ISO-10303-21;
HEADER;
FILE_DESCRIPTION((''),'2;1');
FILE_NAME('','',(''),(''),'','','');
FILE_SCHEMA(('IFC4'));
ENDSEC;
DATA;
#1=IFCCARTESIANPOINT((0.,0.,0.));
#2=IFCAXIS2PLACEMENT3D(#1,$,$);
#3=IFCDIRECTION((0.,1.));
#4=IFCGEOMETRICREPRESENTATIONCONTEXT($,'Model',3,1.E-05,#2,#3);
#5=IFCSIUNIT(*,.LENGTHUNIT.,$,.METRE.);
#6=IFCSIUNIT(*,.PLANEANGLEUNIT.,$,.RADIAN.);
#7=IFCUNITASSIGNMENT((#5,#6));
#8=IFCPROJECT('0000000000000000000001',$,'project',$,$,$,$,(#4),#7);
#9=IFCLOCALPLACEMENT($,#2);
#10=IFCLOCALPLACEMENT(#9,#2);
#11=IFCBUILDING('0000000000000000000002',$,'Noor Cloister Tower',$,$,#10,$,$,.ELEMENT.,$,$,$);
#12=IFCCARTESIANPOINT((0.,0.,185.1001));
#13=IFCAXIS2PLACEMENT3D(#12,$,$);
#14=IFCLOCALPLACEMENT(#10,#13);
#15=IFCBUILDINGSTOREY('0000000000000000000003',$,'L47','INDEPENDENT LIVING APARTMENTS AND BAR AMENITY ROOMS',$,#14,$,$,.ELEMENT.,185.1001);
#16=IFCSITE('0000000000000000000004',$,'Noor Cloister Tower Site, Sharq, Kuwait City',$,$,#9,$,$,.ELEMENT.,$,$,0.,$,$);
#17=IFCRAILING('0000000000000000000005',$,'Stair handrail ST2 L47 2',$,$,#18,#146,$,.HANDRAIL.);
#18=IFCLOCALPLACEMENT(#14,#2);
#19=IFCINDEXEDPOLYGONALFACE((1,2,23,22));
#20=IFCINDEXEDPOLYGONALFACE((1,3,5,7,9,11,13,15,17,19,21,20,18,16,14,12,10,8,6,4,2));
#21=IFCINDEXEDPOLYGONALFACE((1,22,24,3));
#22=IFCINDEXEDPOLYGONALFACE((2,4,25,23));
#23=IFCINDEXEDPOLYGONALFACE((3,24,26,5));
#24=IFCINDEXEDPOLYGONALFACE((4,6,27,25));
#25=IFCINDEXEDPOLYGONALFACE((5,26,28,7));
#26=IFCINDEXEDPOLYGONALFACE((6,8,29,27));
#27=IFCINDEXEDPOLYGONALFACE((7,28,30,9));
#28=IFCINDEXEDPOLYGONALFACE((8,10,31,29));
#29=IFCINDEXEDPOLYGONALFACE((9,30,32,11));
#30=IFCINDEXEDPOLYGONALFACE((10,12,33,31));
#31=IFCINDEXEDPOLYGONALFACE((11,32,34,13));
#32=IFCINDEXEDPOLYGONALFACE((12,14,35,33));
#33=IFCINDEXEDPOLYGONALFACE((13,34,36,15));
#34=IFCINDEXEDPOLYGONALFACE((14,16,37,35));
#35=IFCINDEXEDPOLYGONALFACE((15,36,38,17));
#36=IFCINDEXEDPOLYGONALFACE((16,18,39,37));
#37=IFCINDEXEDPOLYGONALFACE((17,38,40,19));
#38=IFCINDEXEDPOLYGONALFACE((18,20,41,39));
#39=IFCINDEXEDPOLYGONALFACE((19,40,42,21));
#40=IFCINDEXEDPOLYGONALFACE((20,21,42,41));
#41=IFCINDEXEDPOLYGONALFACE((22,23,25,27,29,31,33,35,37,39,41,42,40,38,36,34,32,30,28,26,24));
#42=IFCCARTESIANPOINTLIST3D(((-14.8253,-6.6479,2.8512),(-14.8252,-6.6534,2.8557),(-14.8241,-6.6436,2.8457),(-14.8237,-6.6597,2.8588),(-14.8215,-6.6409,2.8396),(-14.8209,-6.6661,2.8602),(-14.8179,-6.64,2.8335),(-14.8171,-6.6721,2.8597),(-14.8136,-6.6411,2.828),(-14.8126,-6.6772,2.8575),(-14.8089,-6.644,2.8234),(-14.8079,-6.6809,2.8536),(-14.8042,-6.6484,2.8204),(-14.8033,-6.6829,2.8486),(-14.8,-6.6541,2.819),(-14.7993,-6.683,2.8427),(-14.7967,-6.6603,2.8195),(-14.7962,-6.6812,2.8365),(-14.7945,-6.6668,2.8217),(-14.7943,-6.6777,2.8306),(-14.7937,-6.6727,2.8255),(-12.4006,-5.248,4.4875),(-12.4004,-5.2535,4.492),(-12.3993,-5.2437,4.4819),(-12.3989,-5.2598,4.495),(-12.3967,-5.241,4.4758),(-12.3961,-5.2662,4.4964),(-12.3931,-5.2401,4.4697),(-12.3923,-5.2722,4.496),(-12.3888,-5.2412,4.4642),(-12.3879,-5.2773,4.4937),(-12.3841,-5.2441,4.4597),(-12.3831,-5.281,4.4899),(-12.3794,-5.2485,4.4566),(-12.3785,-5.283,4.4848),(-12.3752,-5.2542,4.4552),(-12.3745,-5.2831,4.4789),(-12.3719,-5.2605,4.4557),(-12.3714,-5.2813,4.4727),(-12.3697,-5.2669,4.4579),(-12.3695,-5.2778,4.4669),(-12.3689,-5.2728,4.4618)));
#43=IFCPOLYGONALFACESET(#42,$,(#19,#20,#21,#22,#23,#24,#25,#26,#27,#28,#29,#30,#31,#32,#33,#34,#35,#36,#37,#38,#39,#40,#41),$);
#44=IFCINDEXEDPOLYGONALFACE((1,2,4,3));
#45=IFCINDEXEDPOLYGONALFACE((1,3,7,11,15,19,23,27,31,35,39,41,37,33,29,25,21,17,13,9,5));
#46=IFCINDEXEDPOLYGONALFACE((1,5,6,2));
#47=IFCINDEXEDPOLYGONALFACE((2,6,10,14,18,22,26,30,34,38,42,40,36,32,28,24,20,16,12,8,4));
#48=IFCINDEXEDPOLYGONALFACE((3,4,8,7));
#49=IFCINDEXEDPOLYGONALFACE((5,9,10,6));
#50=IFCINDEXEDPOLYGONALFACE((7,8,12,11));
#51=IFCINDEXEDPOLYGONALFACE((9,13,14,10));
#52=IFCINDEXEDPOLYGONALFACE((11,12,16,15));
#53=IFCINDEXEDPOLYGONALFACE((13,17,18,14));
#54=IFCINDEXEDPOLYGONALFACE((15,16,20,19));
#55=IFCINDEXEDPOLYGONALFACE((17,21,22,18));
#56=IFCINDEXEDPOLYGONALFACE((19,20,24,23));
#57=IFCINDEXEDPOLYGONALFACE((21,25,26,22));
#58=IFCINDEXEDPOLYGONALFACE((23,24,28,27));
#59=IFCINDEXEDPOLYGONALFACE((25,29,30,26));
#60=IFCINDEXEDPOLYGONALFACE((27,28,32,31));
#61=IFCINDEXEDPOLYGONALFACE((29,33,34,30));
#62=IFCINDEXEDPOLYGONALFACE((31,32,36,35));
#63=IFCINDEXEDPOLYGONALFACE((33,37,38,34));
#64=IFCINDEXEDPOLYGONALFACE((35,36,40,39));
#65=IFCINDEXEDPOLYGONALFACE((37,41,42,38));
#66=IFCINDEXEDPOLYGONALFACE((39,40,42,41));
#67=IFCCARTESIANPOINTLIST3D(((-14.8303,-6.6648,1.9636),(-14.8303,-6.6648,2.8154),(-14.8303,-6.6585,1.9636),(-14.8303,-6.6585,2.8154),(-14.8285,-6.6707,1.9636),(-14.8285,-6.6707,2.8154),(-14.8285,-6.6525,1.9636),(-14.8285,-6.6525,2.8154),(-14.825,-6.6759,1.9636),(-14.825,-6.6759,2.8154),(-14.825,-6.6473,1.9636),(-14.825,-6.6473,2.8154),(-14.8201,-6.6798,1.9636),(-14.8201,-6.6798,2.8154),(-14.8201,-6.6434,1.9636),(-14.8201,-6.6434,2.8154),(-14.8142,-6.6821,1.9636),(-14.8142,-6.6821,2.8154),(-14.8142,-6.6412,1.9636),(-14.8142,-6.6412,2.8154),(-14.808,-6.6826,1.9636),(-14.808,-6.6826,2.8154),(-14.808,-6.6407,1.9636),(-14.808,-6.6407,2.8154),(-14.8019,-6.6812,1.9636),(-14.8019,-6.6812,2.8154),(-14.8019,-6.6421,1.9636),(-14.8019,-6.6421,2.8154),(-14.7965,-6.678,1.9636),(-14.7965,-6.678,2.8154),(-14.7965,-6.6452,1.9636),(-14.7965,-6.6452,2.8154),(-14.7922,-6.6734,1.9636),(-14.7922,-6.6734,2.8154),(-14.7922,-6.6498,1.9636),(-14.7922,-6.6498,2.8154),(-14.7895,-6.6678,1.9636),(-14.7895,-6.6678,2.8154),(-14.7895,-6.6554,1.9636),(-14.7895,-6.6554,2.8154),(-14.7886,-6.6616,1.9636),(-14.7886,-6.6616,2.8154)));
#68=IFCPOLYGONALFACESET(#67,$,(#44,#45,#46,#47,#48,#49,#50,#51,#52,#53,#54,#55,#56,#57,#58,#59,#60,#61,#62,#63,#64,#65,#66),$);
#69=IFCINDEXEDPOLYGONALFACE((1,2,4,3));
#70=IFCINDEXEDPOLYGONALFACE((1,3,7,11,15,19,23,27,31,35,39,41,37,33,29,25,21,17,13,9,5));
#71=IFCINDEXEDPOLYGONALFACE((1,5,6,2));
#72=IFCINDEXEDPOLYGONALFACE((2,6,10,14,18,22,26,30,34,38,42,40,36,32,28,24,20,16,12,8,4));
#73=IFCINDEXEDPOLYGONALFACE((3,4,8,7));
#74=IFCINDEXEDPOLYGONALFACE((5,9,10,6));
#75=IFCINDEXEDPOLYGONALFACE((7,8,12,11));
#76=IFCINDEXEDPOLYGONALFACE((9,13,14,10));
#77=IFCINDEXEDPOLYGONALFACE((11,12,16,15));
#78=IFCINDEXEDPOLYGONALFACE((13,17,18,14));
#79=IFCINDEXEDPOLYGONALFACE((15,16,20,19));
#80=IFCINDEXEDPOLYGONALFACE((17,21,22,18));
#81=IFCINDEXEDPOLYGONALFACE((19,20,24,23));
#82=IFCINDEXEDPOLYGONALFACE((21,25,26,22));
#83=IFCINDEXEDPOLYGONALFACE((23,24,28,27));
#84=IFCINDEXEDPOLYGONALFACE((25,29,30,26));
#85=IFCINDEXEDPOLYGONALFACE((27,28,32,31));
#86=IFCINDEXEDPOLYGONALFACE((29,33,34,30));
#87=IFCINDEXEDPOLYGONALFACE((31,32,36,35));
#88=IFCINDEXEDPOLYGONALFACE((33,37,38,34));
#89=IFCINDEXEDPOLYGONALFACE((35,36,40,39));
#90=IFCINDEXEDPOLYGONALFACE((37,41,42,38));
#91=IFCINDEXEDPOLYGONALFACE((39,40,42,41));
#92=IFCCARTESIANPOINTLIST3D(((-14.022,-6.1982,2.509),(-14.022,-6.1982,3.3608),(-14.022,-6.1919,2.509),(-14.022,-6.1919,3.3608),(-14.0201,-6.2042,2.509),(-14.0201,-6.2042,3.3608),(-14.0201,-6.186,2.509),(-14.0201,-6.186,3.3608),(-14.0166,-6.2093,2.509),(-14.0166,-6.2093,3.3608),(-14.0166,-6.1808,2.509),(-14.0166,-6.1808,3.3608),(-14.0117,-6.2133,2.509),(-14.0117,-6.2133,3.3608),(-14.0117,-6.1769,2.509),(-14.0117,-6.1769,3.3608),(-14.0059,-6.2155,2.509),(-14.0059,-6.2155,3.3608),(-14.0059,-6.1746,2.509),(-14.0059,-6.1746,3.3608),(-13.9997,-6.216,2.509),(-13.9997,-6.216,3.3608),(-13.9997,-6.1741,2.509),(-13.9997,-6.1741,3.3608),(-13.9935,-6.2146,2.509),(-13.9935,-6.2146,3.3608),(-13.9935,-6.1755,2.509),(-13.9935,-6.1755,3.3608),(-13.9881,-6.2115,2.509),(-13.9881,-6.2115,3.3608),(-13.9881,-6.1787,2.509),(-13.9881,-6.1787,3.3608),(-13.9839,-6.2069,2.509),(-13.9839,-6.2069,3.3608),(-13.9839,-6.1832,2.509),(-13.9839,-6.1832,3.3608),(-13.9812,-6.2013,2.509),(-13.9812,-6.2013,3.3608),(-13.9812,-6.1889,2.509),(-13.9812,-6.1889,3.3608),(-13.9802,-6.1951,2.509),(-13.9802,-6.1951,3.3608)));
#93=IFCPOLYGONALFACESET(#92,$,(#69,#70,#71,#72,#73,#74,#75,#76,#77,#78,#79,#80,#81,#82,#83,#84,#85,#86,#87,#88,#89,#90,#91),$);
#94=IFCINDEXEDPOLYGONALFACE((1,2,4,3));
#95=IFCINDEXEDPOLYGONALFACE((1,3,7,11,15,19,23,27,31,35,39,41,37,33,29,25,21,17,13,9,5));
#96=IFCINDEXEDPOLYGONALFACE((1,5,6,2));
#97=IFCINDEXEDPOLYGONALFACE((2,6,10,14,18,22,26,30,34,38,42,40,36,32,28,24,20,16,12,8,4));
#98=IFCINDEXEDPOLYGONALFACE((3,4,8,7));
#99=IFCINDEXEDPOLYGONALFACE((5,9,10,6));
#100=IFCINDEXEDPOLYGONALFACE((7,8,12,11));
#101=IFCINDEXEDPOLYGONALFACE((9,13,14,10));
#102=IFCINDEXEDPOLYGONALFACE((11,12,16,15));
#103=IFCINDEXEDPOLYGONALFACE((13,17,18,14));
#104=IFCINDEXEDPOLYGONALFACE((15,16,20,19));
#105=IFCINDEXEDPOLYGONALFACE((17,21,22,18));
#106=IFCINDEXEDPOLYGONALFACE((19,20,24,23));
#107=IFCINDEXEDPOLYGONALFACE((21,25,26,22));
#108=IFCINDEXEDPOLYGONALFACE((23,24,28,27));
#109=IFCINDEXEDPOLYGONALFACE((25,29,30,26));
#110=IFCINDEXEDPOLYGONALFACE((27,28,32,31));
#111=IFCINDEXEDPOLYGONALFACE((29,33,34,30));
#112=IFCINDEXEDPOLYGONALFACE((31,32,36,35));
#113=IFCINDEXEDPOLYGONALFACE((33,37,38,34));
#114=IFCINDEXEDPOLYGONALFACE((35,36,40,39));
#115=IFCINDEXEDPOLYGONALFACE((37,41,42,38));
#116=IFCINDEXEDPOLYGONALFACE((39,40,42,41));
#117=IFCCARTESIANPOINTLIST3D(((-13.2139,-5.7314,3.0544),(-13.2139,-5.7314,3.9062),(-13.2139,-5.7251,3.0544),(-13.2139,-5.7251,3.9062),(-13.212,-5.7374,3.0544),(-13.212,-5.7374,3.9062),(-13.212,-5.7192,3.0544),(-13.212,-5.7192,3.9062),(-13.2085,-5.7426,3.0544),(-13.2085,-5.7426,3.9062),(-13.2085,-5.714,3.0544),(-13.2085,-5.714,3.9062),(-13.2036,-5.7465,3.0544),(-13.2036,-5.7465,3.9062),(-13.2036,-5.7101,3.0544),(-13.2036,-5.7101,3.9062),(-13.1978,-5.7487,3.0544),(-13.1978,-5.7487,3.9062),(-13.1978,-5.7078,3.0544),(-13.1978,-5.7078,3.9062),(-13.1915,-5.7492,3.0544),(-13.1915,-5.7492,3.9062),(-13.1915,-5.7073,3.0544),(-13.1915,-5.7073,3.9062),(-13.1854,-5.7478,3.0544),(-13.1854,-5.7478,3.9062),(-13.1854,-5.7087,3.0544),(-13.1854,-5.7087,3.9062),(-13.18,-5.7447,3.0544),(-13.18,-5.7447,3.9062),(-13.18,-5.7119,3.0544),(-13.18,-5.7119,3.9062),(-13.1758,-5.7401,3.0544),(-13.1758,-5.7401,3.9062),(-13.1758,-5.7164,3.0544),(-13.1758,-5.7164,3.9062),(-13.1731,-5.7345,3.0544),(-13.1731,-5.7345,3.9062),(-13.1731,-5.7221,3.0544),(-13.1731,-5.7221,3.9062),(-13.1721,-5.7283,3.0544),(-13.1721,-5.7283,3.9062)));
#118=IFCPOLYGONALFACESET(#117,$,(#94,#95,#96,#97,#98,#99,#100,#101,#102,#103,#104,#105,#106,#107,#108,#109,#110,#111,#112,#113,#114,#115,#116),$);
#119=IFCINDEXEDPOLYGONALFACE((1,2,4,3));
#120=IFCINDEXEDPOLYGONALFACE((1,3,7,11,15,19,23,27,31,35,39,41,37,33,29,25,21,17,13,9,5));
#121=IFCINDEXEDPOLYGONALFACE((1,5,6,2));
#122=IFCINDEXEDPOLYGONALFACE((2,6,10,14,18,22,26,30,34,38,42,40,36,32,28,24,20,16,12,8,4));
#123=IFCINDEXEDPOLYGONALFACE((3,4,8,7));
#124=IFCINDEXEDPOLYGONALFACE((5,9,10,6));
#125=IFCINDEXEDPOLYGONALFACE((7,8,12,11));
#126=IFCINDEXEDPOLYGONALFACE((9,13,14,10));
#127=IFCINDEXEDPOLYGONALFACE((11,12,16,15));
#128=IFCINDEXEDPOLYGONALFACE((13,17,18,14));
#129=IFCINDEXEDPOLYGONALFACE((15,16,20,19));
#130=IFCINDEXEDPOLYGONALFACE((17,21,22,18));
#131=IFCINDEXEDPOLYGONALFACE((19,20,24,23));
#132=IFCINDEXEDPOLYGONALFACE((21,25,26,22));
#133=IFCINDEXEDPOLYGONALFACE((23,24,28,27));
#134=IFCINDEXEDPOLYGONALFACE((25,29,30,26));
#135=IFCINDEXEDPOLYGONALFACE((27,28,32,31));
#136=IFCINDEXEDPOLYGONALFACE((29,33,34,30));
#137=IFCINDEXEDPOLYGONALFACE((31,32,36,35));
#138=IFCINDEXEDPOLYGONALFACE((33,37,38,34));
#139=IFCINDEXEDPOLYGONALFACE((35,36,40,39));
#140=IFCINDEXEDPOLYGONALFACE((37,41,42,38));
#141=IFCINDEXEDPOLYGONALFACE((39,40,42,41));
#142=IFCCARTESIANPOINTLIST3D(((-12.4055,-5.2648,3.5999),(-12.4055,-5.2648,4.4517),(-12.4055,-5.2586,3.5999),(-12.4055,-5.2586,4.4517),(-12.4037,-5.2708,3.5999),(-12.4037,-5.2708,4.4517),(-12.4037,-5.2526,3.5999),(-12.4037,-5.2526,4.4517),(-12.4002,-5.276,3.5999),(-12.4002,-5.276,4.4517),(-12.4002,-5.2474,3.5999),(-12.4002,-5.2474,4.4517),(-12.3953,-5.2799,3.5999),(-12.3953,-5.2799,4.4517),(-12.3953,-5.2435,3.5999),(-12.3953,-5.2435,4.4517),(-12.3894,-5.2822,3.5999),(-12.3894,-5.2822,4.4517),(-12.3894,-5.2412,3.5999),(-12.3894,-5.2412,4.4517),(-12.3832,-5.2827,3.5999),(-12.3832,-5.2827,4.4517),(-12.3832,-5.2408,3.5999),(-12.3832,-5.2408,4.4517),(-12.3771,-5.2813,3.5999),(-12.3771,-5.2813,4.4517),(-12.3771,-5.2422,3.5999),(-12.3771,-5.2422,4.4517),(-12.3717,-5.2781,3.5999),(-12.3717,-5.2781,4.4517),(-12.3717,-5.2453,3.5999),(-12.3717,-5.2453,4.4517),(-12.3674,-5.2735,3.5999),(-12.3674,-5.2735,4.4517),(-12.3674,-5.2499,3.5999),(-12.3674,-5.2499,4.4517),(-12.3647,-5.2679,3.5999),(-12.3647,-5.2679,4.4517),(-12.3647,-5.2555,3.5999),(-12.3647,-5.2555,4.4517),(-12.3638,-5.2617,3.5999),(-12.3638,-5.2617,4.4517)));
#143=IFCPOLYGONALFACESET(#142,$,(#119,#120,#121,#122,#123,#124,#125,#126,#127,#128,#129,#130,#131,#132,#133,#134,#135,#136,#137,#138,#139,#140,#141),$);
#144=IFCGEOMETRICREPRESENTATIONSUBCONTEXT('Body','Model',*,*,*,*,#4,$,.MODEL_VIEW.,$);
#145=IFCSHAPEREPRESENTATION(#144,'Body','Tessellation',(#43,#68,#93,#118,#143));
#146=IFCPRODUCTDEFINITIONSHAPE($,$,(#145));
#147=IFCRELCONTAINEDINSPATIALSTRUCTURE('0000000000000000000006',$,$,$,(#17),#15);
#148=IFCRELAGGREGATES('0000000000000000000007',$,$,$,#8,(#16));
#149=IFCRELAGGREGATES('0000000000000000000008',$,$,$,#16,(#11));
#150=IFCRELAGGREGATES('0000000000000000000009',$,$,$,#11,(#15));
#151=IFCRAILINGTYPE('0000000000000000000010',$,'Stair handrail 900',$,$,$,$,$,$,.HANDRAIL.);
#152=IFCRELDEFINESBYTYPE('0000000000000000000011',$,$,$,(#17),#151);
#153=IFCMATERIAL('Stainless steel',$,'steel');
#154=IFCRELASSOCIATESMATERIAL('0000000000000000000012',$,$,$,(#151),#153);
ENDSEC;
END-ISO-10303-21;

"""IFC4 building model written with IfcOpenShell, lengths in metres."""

from ifc_helpers import new_model, si_unit, direction, frame, origin, origin_2d, place, context, subcontext, project, spatial, circle, extrude, material, type_object, element, save


model = new_model("IFC4")

# Units and contexts
model_context = context("Model", 3, precision=1e-05, world=origin(), true_north=direction((0.0, 1.0)))
body_context = subcontext(model_context, "Body", "Model", "MODEL_VIEW")
ifc_project = project(units=[si_unit("LENGTHUNIT", "METRE"), si_unit("PLANEANGLEUNIT", "RADIAN")], contexts=[model_context])

# Site, building, storey
site_placement = place(None, origin())
site = spatial("IfcSite", under=ifc_project, at=site_placement, Name="Noor Cloister Tower Site, Sharq, Kuwait City", CompositionType="ELEMENT", RefElevation=0.0)
building_placement = place(site_placement, origin())
building = spatial("IfcBuilding", under=site, at=building_placement, Name="Noor Cloister Tower", CompositionType="ELEMENT")
storey_placement = place(building_placement, frame((0.0, 0.0, 185.1001)))
storey = spatial("IfcBuildingStorey", under=building, at=storey_placement, Name="L47", Description="INDEPENDENT LIVING APARTMENTS AND BAR AMENITY ROOMS", CompositionType="ELEMENT", Elevation=185.1001)

# Railing
ifc_material_1 = material(Name="Stainless steel", Category="steel")
railing_type_1 = type_object("IfcRailingType", Name="Stair handrail 900", PredefinedType="HANDRAIL", material=ifc_material_1)
railing_1_placement = place(storey_placement, frame((-14.8096, -6.6616, 1.9636)))
element("IfcRailing", 1, at=railing_1_placement, inside=storey, type_object=railing_type_1, Name="Stair handrail ST2 L47 2", PredefinedType="HANDRAIL", context=body_context, shape_type="SweptSolid", body=[
    extrude(circle(Radius=0.0239, at=origin_2d()), frame((0.0, 0.0, 0.876), z_axis=(0.747718, 0.431677, 0.504552), x_axis=(-0.499984, 0.866035, 0.0)), (0.0, 0.0, 1.0), 3.2429),
    extrude(circle(Radius=0.021, at=origin_2d()), origin(), (0.0, 0.0, 1.0), 0.8518),
    extrude(circle(Radius=0.021, at=origin_2d()), frame((0.8083, 0.4666, 0.5454)), (0.0, 0.0, 1.0), 0.8518),
    extrude(circle(Radius=0.021, at=origin_2d()), frame((1.6165, 0.9333, 1.0908)), (0.0, 0.0, 1.0), 0.8518),
    extrude(circle(Radius=0.021, at=origin_2d()), frame((2.4248, 1.3999, 1.6362)), (0.0, 0.0, 1.0), 0.8518),
])

save(model, "model.ifc")
